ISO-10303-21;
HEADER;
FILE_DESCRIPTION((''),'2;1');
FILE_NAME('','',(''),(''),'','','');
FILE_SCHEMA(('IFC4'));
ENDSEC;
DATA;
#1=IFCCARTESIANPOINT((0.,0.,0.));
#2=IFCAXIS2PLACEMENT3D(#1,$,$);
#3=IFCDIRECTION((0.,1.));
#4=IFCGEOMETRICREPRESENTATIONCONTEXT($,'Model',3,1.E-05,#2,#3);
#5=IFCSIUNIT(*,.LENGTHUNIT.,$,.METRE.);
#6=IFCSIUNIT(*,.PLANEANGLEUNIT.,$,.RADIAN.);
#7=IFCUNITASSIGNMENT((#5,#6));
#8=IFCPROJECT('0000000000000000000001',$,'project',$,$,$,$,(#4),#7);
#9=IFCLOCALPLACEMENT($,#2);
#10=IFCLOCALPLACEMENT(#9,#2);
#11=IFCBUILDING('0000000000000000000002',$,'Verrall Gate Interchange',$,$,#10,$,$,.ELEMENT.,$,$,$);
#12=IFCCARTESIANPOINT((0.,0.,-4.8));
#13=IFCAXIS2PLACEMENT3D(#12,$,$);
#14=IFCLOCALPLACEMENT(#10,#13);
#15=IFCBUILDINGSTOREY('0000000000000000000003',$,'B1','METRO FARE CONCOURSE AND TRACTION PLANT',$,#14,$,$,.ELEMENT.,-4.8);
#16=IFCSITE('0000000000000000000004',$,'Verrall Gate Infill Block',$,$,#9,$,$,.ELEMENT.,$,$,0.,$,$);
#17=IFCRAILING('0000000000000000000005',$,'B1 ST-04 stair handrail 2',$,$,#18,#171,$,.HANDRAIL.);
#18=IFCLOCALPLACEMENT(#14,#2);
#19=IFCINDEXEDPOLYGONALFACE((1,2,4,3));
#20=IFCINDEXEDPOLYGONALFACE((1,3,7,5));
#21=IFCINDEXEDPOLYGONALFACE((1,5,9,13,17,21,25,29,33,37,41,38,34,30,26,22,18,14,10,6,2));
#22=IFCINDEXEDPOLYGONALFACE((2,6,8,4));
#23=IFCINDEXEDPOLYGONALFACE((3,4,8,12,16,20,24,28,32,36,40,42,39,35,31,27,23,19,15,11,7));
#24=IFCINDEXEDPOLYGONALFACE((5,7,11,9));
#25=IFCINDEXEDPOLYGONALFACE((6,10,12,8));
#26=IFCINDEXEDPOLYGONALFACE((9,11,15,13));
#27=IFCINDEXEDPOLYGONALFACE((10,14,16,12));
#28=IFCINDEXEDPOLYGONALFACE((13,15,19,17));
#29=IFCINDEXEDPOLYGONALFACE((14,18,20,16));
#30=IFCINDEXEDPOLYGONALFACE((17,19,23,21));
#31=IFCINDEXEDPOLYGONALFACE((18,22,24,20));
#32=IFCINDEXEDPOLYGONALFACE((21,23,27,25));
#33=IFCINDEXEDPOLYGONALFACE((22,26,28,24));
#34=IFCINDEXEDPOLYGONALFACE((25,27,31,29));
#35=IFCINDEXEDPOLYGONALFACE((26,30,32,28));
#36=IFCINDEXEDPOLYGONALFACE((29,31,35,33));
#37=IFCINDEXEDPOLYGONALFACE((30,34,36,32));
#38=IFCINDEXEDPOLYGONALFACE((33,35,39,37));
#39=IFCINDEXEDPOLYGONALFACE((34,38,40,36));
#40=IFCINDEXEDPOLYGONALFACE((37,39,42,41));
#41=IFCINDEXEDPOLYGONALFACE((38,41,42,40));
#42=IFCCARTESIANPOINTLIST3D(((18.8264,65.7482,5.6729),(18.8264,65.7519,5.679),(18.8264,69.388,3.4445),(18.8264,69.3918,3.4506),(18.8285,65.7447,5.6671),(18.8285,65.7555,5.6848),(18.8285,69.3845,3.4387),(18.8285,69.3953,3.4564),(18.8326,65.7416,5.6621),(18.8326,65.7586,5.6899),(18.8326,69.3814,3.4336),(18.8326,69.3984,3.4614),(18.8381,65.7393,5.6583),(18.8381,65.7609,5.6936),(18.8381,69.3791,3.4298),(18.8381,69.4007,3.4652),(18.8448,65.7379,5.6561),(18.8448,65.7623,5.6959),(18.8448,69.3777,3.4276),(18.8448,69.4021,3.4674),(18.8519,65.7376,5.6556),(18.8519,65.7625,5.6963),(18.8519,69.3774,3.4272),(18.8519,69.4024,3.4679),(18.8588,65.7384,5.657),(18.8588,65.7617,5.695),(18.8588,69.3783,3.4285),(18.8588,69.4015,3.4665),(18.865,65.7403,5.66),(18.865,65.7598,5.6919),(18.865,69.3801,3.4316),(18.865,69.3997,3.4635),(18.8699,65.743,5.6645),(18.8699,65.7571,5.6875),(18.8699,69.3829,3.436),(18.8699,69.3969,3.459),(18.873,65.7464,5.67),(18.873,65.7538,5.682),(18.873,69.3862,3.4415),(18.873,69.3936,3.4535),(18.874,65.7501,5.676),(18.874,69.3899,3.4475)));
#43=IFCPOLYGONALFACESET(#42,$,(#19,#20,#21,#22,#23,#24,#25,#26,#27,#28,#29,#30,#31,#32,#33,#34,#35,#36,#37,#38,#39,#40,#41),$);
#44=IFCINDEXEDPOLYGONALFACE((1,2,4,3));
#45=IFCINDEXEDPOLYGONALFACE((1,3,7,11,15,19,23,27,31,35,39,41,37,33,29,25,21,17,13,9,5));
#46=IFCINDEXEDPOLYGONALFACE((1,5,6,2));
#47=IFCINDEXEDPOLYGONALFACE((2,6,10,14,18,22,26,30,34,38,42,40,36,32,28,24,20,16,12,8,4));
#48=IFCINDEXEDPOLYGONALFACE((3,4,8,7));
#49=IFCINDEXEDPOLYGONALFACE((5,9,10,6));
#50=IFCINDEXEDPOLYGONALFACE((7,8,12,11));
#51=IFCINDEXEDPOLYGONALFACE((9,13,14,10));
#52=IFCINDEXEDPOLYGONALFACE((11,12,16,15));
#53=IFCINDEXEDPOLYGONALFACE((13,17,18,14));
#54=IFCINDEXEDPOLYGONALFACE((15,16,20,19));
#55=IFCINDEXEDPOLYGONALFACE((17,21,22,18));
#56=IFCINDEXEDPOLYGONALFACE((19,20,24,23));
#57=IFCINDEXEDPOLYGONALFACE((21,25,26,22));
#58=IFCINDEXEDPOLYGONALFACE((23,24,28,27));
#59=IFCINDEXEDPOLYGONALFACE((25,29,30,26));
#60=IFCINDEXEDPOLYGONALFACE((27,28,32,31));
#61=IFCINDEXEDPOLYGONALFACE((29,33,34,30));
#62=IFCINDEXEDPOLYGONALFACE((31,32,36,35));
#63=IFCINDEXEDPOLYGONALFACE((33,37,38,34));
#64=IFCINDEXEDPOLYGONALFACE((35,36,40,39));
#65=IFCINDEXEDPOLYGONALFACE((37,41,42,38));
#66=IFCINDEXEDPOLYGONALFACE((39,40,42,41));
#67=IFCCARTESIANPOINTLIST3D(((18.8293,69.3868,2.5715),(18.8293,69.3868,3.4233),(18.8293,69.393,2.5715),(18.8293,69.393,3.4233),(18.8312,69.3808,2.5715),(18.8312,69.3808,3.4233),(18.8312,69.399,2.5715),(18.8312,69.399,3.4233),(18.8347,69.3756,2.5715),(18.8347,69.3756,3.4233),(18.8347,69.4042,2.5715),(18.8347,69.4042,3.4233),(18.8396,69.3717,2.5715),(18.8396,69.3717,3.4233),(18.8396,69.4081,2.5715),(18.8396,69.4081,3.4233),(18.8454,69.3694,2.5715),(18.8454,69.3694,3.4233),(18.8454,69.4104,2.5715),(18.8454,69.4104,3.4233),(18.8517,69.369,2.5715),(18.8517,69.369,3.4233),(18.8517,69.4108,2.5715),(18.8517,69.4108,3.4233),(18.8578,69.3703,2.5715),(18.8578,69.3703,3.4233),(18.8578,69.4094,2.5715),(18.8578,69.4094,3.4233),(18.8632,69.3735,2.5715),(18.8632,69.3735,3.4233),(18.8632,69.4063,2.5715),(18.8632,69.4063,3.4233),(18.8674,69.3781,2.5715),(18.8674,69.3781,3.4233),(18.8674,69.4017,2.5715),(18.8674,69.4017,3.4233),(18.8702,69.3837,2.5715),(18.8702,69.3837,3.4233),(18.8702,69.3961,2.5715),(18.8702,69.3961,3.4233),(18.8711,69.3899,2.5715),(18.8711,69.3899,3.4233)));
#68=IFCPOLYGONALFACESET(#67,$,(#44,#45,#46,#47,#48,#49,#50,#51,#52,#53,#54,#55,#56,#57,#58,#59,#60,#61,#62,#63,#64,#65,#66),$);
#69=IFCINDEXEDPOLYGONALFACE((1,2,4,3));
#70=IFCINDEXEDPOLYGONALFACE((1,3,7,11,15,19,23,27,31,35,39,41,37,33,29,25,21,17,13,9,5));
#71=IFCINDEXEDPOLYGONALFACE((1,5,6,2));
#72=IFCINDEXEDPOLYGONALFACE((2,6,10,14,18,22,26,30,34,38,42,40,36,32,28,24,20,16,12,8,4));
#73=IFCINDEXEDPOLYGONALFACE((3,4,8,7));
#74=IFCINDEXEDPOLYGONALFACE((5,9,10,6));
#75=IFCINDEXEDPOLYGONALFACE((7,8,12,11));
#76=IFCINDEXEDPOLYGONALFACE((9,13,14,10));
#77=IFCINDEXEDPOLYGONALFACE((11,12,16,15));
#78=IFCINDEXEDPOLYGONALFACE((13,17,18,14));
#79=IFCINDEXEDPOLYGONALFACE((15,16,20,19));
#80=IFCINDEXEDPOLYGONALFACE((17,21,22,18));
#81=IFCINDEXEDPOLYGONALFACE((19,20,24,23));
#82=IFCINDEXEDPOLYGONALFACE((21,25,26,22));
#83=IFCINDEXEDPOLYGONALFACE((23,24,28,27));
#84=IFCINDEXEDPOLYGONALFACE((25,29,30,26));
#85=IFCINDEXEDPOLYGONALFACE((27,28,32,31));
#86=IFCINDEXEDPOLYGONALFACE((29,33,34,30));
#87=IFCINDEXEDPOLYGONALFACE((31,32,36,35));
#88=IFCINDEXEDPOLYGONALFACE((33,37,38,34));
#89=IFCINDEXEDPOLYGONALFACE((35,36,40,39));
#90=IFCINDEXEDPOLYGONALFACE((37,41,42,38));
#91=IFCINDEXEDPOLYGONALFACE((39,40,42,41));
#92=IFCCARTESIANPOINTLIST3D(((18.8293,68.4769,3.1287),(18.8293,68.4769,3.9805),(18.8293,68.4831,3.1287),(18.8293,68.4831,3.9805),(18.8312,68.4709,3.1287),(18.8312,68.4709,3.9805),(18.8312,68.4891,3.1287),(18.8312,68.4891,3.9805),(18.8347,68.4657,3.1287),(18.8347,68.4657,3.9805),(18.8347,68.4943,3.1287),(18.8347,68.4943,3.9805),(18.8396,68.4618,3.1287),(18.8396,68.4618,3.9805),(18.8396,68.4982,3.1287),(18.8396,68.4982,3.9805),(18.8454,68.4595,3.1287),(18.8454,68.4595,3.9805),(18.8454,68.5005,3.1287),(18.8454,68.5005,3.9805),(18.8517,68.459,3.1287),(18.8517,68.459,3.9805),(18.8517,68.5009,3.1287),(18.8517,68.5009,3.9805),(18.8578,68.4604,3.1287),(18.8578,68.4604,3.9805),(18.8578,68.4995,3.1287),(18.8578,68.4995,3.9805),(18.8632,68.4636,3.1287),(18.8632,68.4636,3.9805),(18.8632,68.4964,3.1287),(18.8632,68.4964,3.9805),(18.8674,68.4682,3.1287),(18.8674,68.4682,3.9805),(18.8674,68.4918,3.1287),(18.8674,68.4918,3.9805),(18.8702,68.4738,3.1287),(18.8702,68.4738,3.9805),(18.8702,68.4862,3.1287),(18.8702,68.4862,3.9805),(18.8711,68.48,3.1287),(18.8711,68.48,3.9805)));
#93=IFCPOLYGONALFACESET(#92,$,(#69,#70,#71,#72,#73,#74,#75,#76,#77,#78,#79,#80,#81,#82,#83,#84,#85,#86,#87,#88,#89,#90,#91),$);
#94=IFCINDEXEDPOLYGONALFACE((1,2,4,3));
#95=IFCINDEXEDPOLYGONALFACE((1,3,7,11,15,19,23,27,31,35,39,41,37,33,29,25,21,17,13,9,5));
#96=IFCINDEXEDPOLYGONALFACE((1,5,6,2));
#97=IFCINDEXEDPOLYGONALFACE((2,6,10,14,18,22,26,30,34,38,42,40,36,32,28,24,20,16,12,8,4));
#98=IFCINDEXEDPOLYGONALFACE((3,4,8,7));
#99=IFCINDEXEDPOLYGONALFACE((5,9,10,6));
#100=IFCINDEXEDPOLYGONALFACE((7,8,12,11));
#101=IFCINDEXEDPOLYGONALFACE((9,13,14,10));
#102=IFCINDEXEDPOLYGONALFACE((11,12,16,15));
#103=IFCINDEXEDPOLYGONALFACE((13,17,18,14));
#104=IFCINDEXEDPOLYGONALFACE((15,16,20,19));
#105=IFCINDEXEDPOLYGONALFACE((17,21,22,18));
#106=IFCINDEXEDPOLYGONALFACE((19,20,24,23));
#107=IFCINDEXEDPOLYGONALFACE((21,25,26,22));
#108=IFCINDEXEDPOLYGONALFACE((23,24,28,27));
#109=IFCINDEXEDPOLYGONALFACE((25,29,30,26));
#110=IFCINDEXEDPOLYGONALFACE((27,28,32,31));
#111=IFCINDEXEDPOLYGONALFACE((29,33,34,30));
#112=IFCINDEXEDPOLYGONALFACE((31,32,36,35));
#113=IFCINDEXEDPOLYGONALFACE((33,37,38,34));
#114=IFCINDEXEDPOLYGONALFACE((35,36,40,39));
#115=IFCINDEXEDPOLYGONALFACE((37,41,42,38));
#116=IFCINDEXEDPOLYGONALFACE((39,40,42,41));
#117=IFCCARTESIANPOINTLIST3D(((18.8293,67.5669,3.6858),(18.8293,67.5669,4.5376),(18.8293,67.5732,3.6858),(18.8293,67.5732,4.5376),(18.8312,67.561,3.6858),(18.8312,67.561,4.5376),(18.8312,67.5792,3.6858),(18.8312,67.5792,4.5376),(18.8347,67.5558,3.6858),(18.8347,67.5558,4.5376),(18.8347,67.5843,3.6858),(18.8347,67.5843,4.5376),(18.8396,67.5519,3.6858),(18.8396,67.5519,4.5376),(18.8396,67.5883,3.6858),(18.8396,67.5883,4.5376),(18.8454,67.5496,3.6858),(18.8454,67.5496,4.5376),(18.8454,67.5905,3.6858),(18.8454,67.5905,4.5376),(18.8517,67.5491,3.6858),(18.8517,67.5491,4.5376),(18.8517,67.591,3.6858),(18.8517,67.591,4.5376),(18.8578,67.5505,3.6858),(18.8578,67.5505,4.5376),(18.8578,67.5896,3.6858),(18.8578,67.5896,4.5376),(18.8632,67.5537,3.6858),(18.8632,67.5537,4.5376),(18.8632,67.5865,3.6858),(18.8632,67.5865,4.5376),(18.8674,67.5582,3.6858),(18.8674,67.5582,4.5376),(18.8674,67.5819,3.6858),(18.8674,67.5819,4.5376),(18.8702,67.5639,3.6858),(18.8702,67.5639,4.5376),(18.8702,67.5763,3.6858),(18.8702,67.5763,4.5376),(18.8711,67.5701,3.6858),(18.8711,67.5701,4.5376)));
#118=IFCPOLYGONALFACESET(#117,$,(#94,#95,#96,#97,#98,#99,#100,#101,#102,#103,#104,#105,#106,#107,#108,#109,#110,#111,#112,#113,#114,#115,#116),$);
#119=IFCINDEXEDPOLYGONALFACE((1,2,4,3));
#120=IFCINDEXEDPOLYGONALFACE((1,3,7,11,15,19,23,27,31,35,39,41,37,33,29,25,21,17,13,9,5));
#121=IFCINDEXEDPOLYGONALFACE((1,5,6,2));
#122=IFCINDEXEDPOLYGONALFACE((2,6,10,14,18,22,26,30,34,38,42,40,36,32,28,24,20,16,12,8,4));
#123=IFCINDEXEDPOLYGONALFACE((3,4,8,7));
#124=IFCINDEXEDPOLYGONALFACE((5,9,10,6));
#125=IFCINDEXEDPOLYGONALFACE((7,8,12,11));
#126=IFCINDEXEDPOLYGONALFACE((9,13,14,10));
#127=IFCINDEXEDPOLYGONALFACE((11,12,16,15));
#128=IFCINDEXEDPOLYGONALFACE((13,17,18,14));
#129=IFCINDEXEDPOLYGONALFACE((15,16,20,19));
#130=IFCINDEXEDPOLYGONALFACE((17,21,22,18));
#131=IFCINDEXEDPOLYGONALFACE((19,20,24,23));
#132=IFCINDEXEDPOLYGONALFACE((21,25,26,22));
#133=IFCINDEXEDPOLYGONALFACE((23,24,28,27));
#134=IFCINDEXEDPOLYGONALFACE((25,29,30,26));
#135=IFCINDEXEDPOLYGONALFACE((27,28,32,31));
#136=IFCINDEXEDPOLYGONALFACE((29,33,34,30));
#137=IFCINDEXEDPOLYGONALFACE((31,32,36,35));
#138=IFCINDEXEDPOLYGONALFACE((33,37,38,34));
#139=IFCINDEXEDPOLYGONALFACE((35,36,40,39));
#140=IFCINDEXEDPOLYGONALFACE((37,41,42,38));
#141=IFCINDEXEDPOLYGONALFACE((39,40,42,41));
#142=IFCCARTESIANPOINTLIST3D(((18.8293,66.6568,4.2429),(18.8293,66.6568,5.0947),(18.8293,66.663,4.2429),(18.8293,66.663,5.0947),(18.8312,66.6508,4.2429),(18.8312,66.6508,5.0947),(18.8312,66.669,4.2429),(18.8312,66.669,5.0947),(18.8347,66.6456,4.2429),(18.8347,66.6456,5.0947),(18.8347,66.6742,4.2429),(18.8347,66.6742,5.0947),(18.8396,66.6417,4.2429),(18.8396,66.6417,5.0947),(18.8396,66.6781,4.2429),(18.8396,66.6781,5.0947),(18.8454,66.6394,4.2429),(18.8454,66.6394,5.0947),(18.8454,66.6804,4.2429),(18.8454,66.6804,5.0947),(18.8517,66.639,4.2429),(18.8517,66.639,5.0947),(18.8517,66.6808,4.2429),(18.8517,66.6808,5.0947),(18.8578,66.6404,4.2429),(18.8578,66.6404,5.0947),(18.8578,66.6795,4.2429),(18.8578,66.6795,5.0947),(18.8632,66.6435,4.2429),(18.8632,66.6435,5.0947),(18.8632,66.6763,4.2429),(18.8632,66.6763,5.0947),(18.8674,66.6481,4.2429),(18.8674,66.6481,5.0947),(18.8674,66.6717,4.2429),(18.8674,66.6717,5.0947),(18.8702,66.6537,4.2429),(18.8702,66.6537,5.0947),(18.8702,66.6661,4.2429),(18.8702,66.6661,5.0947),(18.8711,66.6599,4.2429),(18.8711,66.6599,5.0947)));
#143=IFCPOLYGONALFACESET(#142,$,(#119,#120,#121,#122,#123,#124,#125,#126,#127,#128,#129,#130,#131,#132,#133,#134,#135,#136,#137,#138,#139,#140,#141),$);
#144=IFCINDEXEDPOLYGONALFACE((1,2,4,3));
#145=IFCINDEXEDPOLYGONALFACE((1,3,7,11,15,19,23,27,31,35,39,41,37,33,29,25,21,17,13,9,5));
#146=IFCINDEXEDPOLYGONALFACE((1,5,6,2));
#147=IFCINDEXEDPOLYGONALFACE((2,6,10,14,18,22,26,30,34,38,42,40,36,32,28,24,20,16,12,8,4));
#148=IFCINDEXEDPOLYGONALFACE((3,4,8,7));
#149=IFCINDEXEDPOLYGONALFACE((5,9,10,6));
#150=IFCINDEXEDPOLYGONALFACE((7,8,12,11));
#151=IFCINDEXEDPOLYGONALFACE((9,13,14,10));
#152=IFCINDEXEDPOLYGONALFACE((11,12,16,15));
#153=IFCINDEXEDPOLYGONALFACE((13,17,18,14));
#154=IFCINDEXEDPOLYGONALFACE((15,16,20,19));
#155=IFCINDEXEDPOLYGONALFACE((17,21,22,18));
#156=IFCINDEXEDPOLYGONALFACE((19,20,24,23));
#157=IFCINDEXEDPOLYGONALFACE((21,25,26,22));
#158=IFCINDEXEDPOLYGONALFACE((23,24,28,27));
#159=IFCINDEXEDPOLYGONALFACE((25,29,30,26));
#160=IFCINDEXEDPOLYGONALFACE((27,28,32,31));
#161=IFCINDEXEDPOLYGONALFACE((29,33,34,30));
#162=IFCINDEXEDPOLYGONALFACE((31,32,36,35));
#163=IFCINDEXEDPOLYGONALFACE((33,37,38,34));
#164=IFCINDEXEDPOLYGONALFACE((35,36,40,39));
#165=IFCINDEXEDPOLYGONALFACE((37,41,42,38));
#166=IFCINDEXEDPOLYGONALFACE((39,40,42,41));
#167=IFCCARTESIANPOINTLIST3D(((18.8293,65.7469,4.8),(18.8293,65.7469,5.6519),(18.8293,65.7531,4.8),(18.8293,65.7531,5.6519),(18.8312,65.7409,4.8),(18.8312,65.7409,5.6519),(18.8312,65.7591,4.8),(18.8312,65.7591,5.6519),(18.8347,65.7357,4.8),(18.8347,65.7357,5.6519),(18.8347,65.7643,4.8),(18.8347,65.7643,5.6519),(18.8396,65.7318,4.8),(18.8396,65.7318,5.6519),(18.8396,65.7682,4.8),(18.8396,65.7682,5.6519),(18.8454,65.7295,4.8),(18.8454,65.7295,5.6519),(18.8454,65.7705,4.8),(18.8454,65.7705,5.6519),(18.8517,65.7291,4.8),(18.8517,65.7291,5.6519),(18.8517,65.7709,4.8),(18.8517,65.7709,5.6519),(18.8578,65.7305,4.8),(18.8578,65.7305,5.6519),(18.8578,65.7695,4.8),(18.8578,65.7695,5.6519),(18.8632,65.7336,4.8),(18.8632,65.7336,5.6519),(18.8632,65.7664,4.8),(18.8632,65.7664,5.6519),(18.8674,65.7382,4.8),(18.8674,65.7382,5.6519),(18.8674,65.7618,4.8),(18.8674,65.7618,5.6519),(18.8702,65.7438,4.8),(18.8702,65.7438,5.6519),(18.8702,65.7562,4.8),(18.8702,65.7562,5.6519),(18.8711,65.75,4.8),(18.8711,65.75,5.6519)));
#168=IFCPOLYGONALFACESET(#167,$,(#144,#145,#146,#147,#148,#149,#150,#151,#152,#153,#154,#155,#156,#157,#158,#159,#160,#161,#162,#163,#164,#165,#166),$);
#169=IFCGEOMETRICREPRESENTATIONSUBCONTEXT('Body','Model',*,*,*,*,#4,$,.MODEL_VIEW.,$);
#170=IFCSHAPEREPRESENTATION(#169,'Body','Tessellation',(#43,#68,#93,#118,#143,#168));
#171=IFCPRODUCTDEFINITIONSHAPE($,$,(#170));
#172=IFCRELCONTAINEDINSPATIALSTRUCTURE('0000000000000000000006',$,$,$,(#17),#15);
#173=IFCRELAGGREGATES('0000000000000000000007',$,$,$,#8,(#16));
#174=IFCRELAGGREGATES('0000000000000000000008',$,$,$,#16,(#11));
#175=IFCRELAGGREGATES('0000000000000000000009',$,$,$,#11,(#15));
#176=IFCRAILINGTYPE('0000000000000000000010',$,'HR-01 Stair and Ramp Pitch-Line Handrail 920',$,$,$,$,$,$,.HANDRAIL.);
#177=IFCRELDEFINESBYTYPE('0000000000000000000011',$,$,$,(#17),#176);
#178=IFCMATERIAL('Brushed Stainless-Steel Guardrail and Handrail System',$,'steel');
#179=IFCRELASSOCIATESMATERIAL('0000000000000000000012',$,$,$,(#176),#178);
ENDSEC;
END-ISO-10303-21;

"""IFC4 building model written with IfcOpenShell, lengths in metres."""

from ifc_helpers import new_model, si_unit, direction, frame, origin, origin_2d, place, context, subcontext, project, spatial, circle, extrude, material, type_object, element, save


model = new_model("IFC4")

# Units and contexts
model_context = context("Model", 3, precision=1e-05, world=origin(), true_north=direction((0.0, 1.0)))
body_context = subcontext(model_context, "Body", "Model", "MODEL_VIEW")
ifc_project = project(units=[si_unit("LENGTHUNIT", "METRE"), si_unit("PLANEANGLEUNIT", "RADIAN")], contexts=[model_context])

# Site, building, storey
site_placement = place(None, origin())
site = spatial("IfcSite", under=ifc_project, at=site_placement, Name="Verrall Gate Infill Block", CompositionType="ELEMENT", RefElevation=0.0)
building_placement = place(site_placement, origin())
building = spatial("IfcBuilding", under=site, at=building_placement, Name="Verrall Gate Interchange", CompositionType="ELEMENT")
storey_placement = place(building_placement, frame((0.0, 0.0, -4.8)))
storey = spatial("IfcBuildingStorey", under=building, at=storey_placement, Name="B1", Description="METRO FARE CONCOURSE AND TRACTION PLANT", CompositionType="ELEMENT", Elevation=-4.8)

# Railing
ifc_material_1 = material(Name="Brushed Stainless-Steel Guardrail and Handrail System", Category="steel")
railing_type_1 = type_object("IfcRailingType", Name="HR-01 Stair and Ramp Pitch-Line Handrail 920", PredefinedType="HANDRAIL", material=ifc_material_1)
railing_1_placement = place(storey_placement, frame((18.8501, 69.3899, 2.5715)))
element("IfcRailing", 1, at=railing_1_placement, inside=storey, type_object=railing_type_1, Name="B1 ST-04 stair handrail 2", PredefinedType="HANDRAIL", context=body_context, shape_type="SweptSolid", body=[
    extrude(circle(Radius=0.0239, at=origin_2d()), frame((0.0, 0.0, 0.876), z_axis=(0.0, -0.85285, 0.522156), x_axis=(1.0, 0.0, 0.0)), (0.0, 0.0, 1.0), 4.2678),
    extrude(circle(Radius=0.021, at=origin_2d()), origin(), (0.0, 0.0, 1.0), 0.8518),
    extrude(circle(Radius=0.021, at=origin_2d()), frame((0.0, -0.9099, 0.5571)), (0.0, 0.0, 1.0), 0.8518),
    extrude(circle(Radius=0.021, at=origin_2d()), frame((0.0, -1.8198, 1.1143)), (0.0, 0.0, 1.0), 0.8518),
    extrude(circle(Radius=0.021, at=origin_2d()), frame((0.0, -2.73, 1.6714)), (0.0, 0.0, 1.0), 0.8518),
    extrude(circle(Radius=0.021, at=origin_2d()), frame((0.0, -3.6399, 2.2285)), (0.0, 0.0, 1.0), 0.8518),
])

save(model, "model.ifc")
